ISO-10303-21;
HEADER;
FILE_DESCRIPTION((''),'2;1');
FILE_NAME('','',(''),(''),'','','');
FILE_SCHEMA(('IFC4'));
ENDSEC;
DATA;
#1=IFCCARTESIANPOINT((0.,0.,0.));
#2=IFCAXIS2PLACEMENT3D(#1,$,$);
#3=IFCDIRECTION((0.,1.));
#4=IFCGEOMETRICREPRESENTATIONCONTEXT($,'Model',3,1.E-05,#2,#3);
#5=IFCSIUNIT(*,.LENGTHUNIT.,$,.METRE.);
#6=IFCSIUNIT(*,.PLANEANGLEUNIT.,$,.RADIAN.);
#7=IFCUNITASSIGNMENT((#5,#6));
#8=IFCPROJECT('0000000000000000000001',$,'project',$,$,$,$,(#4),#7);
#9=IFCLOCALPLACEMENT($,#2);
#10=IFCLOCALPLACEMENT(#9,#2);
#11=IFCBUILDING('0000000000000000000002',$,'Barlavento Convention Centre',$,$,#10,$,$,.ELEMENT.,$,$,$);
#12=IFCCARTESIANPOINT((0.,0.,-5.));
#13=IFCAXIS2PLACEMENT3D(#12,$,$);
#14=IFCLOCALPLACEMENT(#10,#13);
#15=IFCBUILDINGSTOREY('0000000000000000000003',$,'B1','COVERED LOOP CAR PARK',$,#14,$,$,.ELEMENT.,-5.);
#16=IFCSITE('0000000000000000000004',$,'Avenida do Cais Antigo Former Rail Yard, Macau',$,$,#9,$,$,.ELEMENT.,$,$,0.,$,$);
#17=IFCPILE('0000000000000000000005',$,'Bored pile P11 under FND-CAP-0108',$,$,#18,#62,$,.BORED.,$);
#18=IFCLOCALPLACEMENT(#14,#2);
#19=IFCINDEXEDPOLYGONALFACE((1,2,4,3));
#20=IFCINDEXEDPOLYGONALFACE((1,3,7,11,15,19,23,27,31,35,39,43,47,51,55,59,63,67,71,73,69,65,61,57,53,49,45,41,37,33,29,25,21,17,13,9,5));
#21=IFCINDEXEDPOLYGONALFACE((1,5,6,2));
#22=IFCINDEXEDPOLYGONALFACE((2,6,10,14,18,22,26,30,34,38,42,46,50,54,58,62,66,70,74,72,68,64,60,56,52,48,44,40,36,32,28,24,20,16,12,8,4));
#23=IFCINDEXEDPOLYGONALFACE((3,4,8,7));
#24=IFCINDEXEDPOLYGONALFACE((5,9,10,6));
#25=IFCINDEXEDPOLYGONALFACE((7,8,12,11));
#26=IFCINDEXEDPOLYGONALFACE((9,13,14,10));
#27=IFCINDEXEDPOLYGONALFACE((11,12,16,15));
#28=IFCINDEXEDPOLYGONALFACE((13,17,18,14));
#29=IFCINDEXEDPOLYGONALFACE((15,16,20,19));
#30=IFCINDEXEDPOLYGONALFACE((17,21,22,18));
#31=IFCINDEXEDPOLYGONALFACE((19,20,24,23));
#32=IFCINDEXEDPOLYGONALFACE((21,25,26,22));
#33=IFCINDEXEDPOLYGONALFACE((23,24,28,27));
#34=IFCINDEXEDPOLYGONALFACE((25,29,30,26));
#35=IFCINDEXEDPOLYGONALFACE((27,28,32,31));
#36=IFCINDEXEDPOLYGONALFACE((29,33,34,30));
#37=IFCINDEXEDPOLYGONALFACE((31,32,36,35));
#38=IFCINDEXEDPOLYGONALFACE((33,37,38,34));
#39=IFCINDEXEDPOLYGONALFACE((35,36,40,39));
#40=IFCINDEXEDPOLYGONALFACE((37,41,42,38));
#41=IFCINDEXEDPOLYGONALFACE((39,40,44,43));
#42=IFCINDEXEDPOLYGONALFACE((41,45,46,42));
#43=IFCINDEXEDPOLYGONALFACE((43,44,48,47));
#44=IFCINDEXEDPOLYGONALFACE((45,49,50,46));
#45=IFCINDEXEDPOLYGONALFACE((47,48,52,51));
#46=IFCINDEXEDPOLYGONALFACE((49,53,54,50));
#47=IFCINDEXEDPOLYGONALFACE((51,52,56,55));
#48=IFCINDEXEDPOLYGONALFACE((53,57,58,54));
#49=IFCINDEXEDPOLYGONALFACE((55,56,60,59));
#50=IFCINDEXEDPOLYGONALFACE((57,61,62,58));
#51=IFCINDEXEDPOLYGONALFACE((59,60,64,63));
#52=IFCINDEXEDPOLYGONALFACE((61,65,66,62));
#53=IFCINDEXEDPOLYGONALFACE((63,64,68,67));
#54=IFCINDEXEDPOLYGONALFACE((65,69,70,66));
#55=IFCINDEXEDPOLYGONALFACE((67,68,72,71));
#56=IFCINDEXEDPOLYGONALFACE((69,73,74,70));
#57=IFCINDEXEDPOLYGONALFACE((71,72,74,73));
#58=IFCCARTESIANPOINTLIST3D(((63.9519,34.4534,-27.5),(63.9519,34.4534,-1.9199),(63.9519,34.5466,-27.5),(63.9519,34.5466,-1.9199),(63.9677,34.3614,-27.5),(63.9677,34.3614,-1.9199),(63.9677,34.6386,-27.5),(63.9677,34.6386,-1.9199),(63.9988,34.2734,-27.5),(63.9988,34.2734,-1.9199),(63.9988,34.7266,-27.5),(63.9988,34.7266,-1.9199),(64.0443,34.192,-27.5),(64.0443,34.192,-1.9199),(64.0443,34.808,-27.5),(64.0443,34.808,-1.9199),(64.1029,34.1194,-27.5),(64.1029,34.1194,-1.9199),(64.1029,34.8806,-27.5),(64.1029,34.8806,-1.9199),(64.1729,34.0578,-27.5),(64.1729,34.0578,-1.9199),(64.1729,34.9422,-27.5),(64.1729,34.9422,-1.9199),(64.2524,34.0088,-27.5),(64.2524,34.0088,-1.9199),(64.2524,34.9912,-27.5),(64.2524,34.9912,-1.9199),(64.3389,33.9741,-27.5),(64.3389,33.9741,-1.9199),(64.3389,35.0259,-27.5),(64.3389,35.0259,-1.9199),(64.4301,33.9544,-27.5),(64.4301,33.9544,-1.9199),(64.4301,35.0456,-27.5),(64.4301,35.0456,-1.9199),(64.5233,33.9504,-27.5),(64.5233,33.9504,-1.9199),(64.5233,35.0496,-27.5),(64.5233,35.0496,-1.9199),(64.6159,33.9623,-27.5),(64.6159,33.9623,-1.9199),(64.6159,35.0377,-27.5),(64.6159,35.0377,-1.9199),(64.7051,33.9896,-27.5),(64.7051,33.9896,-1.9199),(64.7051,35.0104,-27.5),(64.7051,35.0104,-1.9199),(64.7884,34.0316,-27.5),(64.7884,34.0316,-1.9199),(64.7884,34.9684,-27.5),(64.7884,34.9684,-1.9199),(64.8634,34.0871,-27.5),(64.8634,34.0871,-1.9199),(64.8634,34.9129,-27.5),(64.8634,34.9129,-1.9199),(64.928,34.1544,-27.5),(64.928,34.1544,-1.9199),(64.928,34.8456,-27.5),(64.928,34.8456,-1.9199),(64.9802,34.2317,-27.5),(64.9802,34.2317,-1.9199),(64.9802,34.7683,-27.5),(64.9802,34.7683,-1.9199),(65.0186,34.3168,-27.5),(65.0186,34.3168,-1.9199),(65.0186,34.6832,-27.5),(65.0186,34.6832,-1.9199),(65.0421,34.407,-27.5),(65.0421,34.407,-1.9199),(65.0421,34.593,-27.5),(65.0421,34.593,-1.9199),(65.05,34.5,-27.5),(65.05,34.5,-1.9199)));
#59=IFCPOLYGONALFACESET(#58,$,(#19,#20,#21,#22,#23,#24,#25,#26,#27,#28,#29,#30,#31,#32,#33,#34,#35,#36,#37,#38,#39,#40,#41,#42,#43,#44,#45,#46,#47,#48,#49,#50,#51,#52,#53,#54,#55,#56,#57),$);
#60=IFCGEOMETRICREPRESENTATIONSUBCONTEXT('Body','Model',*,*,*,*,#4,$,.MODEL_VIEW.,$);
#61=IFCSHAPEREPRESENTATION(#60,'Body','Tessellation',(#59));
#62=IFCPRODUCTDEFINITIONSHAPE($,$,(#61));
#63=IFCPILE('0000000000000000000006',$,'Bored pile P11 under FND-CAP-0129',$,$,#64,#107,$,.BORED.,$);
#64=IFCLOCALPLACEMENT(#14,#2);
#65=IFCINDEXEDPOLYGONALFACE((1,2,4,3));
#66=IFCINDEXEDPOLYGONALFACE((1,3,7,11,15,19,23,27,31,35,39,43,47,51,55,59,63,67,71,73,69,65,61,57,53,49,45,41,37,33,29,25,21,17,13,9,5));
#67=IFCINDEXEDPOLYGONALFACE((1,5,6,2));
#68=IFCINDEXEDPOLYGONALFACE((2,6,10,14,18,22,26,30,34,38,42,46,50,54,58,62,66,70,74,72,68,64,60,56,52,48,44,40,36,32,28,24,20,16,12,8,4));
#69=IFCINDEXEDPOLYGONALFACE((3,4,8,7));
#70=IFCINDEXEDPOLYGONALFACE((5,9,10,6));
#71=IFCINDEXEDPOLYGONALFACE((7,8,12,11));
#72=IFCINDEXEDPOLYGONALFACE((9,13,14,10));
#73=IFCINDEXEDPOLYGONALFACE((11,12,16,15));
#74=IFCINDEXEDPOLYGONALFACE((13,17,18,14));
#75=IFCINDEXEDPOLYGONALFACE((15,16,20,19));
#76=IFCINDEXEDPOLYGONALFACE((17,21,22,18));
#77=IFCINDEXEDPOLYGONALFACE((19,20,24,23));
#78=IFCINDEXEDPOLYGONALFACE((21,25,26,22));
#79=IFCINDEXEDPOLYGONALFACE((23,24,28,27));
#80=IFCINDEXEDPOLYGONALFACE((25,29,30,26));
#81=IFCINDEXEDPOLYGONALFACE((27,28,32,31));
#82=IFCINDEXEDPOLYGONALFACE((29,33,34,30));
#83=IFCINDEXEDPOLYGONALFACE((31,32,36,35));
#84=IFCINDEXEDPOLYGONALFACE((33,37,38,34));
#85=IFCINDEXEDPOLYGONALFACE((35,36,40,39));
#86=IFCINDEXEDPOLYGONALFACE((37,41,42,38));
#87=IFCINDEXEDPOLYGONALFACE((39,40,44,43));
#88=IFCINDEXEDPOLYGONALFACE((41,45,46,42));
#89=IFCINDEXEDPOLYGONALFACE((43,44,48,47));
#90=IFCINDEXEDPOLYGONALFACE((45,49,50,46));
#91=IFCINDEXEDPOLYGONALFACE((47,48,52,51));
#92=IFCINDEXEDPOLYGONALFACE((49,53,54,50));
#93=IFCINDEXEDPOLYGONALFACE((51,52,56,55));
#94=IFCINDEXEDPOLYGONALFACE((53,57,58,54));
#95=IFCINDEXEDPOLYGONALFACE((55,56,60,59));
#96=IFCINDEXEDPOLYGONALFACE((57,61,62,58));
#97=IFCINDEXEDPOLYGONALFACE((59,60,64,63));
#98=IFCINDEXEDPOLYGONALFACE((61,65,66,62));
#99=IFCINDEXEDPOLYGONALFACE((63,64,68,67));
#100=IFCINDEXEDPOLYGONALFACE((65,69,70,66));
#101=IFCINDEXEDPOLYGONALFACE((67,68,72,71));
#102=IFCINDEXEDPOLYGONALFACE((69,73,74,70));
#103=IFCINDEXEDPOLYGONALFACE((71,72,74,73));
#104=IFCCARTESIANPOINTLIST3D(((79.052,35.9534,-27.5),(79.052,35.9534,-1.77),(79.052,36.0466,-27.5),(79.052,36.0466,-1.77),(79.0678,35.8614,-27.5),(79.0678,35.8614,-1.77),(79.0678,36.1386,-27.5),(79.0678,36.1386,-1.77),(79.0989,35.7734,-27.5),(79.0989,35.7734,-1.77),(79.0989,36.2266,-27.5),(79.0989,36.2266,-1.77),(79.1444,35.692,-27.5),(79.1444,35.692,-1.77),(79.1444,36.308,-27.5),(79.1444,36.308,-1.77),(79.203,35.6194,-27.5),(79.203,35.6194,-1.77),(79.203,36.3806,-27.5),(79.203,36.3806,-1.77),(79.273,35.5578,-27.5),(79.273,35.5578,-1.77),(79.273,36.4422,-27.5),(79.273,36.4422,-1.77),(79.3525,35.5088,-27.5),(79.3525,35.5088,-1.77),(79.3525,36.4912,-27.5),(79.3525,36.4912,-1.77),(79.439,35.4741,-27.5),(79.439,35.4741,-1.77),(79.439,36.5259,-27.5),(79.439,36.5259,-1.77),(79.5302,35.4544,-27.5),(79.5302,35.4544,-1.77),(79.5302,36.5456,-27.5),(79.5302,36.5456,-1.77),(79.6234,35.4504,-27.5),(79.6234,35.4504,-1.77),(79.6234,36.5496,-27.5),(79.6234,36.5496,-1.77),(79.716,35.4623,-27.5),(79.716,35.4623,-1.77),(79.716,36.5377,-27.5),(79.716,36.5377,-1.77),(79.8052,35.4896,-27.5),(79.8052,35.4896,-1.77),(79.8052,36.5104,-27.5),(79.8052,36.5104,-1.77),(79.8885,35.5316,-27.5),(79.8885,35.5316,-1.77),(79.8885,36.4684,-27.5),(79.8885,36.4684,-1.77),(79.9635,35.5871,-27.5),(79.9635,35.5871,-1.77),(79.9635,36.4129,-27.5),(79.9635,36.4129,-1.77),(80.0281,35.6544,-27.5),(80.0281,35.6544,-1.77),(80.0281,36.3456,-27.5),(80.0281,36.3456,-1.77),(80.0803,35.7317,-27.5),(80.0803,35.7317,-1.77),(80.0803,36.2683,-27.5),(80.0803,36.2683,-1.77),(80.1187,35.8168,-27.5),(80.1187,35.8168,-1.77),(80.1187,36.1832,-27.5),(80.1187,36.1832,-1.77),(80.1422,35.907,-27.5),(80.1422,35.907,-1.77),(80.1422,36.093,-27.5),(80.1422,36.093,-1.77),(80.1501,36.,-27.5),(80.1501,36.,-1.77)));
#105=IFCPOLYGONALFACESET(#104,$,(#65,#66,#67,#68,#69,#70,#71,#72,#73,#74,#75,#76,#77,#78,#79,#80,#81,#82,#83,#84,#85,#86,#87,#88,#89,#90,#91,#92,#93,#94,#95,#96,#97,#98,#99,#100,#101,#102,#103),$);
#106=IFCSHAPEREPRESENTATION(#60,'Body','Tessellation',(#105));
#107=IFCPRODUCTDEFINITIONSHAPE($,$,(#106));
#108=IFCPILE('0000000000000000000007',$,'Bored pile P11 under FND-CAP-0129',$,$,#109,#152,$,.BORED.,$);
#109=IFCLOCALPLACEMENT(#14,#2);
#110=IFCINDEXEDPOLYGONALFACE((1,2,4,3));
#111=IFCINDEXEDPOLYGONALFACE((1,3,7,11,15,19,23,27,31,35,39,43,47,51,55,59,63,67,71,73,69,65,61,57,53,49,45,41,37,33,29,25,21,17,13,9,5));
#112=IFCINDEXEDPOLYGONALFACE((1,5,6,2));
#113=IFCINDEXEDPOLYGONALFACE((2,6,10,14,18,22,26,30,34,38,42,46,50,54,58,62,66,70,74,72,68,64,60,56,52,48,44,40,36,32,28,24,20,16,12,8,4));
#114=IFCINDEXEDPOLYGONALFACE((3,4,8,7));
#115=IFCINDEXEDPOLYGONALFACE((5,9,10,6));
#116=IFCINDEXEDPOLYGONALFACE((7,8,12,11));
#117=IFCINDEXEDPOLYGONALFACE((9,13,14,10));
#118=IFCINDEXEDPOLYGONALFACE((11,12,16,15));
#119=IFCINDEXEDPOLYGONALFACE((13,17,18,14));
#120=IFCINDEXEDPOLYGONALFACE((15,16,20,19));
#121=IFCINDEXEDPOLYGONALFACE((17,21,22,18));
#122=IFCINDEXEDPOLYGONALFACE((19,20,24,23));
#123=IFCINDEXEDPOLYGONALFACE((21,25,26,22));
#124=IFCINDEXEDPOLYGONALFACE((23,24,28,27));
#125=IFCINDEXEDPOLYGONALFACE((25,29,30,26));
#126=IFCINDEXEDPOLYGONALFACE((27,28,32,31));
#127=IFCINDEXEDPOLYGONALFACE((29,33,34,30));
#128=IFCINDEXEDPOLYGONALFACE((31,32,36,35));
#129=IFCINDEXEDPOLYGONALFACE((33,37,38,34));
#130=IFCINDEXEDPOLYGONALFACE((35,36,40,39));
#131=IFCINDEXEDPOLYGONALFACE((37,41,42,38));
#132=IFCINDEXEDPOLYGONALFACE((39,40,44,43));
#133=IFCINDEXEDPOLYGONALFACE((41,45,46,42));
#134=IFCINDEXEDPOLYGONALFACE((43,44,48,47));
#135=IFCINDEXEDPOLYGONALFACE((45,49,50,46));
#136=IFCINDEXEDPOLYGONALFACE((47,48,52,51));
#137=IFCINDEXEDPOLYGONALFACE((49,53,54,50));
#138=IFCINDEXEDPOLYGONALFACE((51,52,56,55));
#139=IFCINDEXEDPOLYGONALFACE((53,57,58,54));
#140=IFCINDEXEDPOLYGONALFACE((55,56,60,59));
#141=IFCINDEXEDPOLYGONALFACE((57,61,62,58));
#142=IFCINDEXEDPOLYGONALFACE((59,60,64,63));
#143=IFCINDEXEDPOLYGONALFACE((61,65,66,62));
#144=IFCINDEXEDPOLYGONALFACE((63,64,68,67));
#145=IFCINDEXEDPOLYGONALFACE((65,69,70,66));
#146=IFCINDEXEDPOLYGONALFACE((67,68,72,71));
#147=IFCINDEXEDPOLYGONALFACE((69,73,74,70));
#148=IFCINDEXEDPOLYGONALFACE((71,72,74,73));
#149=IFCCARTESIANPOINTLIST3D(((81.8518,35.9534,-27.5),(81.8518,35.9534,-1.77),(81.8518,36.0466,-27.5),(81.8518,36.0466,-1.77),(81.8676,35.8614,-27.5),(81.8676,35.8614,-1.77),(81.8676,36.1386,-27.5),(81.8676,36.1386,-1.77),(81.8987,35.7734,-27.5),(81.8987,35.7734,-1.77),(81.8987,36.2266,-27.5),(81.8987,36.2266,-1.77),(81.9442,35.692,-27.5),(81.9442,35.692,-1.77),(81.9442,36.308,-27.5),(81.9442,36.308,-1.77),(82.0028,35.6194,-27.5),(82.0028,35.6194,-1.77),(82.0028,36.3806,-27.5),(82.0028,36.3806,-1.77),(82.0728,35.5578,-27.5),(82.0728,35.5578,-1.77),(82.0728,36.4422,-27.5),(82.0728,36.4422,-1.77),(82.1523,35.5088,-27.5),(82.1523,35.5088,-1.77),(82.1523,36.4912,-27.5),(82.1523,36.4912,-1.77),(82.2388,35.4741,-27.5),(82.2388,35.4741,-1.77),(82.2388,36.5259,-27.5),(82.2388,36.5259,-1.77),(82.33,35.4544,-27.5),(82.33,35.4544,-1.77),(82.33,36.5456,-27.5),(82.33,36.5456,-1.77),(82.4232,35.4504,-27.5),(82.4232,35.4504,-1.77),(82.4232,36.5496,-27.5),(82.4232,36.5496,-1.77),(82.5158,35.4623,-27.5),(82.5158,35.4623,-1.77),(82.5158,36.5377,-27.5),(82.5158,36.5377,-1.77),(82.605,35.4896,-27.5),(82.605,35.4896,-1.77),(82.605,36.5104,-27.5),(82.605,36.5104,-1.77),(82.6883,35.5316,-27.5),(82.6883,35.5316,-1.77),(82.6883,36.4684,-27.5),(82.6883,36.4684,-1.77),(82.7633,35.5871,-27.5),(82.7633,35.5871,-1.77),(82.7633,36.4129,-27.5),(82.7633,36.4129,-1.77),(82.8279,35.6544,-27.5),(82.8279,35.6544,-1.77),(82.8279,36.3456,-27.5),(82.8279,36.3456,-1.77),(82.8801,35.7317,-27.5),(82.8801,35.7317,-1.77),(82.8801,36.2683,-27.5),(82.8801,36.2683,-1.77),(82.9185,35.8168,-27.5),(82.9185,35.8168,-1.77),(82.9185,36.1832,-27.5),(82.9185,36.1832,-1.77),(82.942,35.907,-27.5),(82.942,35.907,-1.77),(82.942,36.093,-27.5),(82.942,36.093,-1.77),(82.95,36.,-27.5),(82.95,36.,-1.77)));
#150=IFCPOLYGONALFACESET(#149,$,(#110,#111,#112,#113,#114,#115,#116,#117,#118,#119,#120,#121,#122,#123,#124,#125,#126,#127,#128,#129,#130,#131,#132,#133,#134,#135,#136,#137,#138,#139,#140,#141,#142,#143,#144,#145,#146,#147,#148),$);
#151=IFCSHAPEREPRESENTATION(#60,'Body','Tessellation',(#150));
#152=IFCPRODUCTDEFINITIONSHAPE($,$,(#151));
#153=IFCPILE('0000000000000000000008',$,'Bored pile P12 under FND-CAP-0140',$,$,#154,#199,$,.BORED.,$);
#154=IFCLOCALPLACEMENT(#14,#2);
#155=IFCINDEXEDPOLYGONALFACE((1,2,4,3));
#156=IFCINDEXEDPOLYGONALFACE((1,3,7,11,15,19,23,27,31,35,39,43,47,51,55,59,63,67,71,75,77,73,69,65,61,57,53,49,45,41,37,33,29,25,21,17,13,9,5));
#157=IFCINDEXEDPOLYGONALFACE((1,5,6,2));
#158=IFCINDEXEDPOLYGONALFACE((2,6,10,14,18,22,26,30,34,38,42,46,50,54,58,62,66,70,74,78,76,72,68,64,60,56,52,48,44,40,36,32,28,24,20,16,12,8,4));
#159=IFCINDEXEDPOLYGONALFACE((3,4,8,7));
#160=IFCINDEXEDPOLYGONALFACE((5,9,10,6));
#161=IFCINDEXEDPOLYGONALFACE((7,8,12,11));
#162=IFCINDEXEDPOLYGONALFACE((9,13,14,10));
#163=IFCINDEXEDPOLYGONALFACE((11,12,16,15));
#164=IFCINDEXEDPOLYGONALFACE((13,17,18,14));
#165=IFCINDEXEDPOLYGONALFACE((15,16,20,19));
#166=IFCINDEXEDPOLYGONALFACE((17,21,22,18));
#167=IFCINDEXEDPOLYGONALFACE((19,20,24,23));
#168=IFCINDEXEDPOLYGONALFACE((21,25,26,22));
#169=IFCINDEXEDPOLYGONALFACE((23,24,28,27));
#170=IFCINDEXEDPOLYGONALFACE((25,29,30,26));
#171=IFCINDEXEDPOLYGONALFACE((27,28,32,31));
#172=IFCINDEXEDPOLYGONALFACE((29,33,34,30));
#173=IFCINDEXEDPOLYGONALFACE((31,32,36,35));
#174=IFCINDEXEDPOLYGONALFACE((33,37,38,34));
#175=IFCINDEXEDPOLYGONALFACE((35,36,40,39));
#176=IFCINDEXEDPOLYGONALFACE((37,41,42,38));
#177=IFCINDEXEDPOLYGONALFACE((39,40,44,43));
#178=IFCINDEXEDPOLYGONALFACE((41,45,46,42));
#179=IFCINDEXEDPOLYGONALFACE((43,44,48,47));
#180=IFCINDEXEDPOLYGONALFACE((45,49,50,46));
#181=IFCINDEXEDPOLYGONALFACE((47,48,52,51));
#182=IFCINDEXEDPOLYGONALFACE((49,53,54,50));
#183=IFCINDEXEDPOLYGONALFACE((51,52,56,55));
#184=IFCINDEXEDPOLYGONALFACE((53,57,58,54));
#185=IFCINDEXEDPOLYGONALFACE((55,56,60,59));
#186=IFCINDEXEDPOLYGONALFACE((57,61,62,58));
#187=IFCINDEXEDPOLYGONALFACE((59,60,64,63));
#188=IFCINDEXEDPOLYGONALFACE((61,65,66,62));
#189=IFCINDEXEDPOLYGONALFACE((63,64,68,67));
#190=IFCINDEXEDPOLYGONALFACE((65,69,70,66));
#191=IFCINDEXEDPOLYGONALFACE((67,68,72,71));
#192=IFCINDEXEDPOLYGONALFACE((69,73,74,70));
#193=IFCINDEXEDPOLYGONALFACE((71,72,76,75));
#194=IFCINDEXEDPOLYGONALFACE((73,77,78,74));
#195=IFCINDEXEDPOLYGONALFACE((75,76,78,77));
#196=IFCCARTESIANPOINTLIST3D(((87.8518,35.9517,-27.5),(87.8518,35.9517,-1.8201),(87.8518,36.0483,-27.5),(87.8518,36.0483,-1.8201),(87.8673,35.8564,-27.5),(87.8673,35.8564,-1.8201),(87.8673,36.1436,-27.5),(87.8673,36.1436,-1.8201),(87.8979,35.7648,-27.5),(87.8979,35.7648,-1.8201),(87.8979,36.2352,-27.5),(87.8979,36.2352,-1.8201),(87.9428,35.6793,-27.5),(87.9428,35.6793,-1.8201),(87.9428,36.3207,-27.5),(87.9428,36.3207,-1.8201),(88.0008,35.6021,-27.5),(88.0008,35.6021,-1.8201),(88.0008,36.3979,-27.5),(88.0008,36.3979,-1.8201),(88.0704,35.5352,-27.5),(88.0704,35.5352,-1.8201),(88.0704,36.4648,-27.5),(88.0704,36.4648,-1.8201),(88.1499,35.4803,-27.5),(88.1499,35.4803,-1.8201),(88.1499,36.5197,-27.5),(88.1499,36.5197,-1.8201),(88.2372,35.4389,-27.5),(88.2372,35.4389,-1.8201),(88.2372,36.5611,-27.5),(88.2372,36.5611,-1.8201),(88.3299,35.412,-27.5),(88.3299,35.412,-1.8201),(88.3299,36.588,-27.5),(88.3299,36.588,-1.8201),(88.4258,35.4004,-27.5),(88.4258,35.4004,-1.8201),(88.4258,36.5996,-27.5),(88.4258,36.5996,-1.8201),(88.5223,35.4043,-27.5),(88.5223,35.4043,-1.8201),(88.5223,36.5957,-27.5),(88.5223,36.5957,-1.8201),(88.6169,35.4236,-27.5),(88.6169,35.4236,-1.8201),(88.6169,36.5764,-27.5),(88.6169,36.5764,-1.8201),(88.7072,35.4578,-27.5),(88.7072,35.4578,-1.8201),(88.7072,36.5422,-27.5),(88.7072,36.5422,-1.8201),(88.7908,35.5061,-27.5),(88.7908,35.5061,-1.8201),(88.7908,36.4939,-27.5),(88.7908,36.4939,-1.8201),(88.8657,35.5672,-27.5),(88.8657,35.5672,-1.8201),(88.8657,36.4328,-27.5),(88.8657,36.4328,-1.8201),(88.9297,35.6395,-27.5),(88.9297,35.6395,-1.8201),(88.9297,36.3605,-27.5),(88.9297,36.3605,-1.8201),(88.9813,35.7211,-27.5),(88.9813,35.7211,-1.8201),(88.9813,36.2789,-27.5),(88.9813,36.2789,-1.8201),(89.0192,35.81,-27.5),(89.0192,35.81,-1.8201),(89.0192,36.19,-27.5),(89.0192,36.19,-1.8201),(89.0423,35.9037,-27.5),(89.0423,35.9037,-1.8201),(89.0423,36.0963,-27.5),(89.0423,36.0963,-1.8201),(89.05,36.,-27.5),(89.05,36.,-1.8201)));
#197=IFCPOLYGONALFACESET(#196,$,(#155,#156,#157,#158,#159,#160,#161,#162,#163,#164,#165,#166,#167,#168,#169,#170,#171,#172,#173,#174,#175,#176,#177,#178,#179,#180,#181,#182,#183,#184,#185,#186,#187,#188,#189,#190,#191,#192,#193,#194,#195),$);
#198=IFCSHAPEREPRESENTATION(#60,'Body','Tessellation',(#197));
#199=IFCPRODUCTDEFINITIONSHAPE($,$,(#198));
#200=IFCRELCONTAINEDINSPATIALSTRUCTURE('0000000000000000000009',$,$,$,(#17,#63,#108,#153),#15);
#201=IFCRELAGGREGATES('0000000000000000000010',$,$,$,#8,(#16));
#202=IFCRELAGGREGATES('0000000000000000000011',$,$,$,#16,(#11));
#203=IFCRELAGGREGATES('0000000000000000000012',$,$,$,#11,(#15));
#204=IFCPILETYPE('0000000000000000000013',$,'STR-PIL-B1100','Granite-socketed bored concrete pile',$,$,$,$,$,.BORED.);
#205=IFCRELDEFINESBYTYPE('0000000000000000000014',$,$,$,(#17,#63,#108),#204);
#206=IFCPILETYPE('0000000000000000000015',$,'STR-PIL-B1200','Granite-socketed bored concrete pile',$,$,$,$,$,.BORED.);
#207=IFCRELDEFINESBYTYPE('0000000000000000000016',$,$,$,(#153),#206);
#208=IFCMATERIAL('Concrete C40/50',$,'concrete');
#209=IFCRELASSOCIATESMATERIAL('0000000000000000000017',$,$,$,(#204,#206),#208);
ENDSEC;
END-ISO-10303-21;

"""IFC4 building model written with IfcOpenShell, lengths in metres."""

from ifc_helpers import new_model, si_unit, direction, frame, origin, origin_2d, place, context, subcontext, project, spatial, circle, extrude, material, material_profile, profile_set, type_object, element, save


model = new_model("IFC4")

# Units and contexts
model_context = context("Model", 3, precision=1e-05, world=origin(), true_north=direction((0.0, 1.0)))
body_context = subcontext(model_context, "Body", "Model", "MODEL_VIEW")
ifc_project = project(units=[si_unit("LENGTHUNIT", "METRE"), si_unit("PLANEANGLEUNIT", "RADIAN")], contexts=[model_context])

# Site, building, storey
site_placement = place(None, origin())
site = spatial("IfcSite", under=ifc_project, at=site_placement, Name="Avenida do Cais Antigo Former Rail Yard, Macau", CompositionType="ELEMENT", RefElevation=0.0)
building_placement = place(site_placement, origin())
building = spatial("IfcBuilding", under=site, at=building_placement, Name="Barlavento Convention Centre", CompositionType="ELEMENT")
storey_placement = place(building_placement, frame((0.0, 0.0, -5.0)))
storey = spatial("IfcBuildingStorey", under=building, at=storey_placement, Name="B1", Description="COVERED LOOP CAR PARK", CompositionType="ELEMENT", Elevation=-5.0)

# Shared definitions
ifc_material_1 = material(Name="Concrete C40/50", Category="concrete")

# Piles
ifc_material_profile_1 = material_profile(ifc_material_1, circle(Radius=0.55, at=origin_2d()), Name="BORED PILE 1100")
ifc_profile_set_1 = profile_set([ifc_material_profile_1], Name="Concrete C40/50")
pile_type_1 = type_object("IfcPileType", Name="STR-PIL-B1100", Description="Granite-socketed bored concrete pile", PredefinedType="BORED", material=ifc_profile_set_1)
for number, where, z_axis, x_axis, name in (
    (1, (64.5, 34.5, -1.9199), (0.0, 0.0, -1.0), (1.0, 0.0, 0.0), "Bored pile P11 under FND-CAP-0108"),
):
    element("IfcPile", number, at=place(storey_placement, frame(where, z_axis=z_axis, x_axis=x_axis)), inside=storey, type_object=pile_type_1, Name=name, PredefinedType="BORED", context=body_context, shape_type="SweptSolid", body=[
        extrude(circle(Radius=0.55, at=origin_2d()), origin(), (0.0, 0.0, 1.0), 25.5801),
    ])
for number, where, z_axis, x_axis, name in (
    (2, (79.6001, 36.0, -1.77), (0.0, 0.0, -1.0), (1.0, 0.0, 0.0), "Bored pile P11 under FND-CAP-0129"),
    (3, (82.3999, 36.0, -1.77), (0.0, 0.0, -1.0), (1.0, 0.0, 0.0), "Bored pile P11 under FND-CAP-0129"),
):
    element("IfcPile", number, at=place(storey_placement, frame(where, z_axis=z_axis, x_axis=x_axis)), inside=storey, type_object=pile_type_1, Name=name, PredefinedType="BORED", context=body_context, shape_type="SweptSolid", body=[
        extrude(circle(Radius=0.55, at=origin_2d()), origin(), (0.0, 0.0, 1.0), 25.73),
    ])
ifc_material_profile_2 = material_profile(ifc_material_1, circle(Radius=0.6001, at=origin_2d()), Name="BORED PILE 1200")
ifc_profile_set_2 = profile_set([ifc_material_profile_2], Name="Concrete C40/50")
pile_type_2 = type_object("IfcPileType", Name="STR-PIL-B1200", Description="Granite-socketed bored concrete pile", PredefinedType="BORED", material=ifc_profile_set_2)
pile_1_placement = place(storey_placement, frame((88.45, 36.0, -1.8201), z_axis=(0.0, 0.0, -1.0), x_axis=(1.0, 0.0, 0.0)))
element("IfcPile", 4, at=pile_1_placement, inside=storey, type_object=pile_type_2, Name="Bored pile P12 under FND-CAP-0140", PredefinedType="BORED", context=body_context, shape_type="SweptSolid", body=[
    extrude(circle(Radius=0.6001, at=origin_2d()), origin(), (0.0, 0.0, 1.0), 25.6799),
])

save(model, "model.ifc")
